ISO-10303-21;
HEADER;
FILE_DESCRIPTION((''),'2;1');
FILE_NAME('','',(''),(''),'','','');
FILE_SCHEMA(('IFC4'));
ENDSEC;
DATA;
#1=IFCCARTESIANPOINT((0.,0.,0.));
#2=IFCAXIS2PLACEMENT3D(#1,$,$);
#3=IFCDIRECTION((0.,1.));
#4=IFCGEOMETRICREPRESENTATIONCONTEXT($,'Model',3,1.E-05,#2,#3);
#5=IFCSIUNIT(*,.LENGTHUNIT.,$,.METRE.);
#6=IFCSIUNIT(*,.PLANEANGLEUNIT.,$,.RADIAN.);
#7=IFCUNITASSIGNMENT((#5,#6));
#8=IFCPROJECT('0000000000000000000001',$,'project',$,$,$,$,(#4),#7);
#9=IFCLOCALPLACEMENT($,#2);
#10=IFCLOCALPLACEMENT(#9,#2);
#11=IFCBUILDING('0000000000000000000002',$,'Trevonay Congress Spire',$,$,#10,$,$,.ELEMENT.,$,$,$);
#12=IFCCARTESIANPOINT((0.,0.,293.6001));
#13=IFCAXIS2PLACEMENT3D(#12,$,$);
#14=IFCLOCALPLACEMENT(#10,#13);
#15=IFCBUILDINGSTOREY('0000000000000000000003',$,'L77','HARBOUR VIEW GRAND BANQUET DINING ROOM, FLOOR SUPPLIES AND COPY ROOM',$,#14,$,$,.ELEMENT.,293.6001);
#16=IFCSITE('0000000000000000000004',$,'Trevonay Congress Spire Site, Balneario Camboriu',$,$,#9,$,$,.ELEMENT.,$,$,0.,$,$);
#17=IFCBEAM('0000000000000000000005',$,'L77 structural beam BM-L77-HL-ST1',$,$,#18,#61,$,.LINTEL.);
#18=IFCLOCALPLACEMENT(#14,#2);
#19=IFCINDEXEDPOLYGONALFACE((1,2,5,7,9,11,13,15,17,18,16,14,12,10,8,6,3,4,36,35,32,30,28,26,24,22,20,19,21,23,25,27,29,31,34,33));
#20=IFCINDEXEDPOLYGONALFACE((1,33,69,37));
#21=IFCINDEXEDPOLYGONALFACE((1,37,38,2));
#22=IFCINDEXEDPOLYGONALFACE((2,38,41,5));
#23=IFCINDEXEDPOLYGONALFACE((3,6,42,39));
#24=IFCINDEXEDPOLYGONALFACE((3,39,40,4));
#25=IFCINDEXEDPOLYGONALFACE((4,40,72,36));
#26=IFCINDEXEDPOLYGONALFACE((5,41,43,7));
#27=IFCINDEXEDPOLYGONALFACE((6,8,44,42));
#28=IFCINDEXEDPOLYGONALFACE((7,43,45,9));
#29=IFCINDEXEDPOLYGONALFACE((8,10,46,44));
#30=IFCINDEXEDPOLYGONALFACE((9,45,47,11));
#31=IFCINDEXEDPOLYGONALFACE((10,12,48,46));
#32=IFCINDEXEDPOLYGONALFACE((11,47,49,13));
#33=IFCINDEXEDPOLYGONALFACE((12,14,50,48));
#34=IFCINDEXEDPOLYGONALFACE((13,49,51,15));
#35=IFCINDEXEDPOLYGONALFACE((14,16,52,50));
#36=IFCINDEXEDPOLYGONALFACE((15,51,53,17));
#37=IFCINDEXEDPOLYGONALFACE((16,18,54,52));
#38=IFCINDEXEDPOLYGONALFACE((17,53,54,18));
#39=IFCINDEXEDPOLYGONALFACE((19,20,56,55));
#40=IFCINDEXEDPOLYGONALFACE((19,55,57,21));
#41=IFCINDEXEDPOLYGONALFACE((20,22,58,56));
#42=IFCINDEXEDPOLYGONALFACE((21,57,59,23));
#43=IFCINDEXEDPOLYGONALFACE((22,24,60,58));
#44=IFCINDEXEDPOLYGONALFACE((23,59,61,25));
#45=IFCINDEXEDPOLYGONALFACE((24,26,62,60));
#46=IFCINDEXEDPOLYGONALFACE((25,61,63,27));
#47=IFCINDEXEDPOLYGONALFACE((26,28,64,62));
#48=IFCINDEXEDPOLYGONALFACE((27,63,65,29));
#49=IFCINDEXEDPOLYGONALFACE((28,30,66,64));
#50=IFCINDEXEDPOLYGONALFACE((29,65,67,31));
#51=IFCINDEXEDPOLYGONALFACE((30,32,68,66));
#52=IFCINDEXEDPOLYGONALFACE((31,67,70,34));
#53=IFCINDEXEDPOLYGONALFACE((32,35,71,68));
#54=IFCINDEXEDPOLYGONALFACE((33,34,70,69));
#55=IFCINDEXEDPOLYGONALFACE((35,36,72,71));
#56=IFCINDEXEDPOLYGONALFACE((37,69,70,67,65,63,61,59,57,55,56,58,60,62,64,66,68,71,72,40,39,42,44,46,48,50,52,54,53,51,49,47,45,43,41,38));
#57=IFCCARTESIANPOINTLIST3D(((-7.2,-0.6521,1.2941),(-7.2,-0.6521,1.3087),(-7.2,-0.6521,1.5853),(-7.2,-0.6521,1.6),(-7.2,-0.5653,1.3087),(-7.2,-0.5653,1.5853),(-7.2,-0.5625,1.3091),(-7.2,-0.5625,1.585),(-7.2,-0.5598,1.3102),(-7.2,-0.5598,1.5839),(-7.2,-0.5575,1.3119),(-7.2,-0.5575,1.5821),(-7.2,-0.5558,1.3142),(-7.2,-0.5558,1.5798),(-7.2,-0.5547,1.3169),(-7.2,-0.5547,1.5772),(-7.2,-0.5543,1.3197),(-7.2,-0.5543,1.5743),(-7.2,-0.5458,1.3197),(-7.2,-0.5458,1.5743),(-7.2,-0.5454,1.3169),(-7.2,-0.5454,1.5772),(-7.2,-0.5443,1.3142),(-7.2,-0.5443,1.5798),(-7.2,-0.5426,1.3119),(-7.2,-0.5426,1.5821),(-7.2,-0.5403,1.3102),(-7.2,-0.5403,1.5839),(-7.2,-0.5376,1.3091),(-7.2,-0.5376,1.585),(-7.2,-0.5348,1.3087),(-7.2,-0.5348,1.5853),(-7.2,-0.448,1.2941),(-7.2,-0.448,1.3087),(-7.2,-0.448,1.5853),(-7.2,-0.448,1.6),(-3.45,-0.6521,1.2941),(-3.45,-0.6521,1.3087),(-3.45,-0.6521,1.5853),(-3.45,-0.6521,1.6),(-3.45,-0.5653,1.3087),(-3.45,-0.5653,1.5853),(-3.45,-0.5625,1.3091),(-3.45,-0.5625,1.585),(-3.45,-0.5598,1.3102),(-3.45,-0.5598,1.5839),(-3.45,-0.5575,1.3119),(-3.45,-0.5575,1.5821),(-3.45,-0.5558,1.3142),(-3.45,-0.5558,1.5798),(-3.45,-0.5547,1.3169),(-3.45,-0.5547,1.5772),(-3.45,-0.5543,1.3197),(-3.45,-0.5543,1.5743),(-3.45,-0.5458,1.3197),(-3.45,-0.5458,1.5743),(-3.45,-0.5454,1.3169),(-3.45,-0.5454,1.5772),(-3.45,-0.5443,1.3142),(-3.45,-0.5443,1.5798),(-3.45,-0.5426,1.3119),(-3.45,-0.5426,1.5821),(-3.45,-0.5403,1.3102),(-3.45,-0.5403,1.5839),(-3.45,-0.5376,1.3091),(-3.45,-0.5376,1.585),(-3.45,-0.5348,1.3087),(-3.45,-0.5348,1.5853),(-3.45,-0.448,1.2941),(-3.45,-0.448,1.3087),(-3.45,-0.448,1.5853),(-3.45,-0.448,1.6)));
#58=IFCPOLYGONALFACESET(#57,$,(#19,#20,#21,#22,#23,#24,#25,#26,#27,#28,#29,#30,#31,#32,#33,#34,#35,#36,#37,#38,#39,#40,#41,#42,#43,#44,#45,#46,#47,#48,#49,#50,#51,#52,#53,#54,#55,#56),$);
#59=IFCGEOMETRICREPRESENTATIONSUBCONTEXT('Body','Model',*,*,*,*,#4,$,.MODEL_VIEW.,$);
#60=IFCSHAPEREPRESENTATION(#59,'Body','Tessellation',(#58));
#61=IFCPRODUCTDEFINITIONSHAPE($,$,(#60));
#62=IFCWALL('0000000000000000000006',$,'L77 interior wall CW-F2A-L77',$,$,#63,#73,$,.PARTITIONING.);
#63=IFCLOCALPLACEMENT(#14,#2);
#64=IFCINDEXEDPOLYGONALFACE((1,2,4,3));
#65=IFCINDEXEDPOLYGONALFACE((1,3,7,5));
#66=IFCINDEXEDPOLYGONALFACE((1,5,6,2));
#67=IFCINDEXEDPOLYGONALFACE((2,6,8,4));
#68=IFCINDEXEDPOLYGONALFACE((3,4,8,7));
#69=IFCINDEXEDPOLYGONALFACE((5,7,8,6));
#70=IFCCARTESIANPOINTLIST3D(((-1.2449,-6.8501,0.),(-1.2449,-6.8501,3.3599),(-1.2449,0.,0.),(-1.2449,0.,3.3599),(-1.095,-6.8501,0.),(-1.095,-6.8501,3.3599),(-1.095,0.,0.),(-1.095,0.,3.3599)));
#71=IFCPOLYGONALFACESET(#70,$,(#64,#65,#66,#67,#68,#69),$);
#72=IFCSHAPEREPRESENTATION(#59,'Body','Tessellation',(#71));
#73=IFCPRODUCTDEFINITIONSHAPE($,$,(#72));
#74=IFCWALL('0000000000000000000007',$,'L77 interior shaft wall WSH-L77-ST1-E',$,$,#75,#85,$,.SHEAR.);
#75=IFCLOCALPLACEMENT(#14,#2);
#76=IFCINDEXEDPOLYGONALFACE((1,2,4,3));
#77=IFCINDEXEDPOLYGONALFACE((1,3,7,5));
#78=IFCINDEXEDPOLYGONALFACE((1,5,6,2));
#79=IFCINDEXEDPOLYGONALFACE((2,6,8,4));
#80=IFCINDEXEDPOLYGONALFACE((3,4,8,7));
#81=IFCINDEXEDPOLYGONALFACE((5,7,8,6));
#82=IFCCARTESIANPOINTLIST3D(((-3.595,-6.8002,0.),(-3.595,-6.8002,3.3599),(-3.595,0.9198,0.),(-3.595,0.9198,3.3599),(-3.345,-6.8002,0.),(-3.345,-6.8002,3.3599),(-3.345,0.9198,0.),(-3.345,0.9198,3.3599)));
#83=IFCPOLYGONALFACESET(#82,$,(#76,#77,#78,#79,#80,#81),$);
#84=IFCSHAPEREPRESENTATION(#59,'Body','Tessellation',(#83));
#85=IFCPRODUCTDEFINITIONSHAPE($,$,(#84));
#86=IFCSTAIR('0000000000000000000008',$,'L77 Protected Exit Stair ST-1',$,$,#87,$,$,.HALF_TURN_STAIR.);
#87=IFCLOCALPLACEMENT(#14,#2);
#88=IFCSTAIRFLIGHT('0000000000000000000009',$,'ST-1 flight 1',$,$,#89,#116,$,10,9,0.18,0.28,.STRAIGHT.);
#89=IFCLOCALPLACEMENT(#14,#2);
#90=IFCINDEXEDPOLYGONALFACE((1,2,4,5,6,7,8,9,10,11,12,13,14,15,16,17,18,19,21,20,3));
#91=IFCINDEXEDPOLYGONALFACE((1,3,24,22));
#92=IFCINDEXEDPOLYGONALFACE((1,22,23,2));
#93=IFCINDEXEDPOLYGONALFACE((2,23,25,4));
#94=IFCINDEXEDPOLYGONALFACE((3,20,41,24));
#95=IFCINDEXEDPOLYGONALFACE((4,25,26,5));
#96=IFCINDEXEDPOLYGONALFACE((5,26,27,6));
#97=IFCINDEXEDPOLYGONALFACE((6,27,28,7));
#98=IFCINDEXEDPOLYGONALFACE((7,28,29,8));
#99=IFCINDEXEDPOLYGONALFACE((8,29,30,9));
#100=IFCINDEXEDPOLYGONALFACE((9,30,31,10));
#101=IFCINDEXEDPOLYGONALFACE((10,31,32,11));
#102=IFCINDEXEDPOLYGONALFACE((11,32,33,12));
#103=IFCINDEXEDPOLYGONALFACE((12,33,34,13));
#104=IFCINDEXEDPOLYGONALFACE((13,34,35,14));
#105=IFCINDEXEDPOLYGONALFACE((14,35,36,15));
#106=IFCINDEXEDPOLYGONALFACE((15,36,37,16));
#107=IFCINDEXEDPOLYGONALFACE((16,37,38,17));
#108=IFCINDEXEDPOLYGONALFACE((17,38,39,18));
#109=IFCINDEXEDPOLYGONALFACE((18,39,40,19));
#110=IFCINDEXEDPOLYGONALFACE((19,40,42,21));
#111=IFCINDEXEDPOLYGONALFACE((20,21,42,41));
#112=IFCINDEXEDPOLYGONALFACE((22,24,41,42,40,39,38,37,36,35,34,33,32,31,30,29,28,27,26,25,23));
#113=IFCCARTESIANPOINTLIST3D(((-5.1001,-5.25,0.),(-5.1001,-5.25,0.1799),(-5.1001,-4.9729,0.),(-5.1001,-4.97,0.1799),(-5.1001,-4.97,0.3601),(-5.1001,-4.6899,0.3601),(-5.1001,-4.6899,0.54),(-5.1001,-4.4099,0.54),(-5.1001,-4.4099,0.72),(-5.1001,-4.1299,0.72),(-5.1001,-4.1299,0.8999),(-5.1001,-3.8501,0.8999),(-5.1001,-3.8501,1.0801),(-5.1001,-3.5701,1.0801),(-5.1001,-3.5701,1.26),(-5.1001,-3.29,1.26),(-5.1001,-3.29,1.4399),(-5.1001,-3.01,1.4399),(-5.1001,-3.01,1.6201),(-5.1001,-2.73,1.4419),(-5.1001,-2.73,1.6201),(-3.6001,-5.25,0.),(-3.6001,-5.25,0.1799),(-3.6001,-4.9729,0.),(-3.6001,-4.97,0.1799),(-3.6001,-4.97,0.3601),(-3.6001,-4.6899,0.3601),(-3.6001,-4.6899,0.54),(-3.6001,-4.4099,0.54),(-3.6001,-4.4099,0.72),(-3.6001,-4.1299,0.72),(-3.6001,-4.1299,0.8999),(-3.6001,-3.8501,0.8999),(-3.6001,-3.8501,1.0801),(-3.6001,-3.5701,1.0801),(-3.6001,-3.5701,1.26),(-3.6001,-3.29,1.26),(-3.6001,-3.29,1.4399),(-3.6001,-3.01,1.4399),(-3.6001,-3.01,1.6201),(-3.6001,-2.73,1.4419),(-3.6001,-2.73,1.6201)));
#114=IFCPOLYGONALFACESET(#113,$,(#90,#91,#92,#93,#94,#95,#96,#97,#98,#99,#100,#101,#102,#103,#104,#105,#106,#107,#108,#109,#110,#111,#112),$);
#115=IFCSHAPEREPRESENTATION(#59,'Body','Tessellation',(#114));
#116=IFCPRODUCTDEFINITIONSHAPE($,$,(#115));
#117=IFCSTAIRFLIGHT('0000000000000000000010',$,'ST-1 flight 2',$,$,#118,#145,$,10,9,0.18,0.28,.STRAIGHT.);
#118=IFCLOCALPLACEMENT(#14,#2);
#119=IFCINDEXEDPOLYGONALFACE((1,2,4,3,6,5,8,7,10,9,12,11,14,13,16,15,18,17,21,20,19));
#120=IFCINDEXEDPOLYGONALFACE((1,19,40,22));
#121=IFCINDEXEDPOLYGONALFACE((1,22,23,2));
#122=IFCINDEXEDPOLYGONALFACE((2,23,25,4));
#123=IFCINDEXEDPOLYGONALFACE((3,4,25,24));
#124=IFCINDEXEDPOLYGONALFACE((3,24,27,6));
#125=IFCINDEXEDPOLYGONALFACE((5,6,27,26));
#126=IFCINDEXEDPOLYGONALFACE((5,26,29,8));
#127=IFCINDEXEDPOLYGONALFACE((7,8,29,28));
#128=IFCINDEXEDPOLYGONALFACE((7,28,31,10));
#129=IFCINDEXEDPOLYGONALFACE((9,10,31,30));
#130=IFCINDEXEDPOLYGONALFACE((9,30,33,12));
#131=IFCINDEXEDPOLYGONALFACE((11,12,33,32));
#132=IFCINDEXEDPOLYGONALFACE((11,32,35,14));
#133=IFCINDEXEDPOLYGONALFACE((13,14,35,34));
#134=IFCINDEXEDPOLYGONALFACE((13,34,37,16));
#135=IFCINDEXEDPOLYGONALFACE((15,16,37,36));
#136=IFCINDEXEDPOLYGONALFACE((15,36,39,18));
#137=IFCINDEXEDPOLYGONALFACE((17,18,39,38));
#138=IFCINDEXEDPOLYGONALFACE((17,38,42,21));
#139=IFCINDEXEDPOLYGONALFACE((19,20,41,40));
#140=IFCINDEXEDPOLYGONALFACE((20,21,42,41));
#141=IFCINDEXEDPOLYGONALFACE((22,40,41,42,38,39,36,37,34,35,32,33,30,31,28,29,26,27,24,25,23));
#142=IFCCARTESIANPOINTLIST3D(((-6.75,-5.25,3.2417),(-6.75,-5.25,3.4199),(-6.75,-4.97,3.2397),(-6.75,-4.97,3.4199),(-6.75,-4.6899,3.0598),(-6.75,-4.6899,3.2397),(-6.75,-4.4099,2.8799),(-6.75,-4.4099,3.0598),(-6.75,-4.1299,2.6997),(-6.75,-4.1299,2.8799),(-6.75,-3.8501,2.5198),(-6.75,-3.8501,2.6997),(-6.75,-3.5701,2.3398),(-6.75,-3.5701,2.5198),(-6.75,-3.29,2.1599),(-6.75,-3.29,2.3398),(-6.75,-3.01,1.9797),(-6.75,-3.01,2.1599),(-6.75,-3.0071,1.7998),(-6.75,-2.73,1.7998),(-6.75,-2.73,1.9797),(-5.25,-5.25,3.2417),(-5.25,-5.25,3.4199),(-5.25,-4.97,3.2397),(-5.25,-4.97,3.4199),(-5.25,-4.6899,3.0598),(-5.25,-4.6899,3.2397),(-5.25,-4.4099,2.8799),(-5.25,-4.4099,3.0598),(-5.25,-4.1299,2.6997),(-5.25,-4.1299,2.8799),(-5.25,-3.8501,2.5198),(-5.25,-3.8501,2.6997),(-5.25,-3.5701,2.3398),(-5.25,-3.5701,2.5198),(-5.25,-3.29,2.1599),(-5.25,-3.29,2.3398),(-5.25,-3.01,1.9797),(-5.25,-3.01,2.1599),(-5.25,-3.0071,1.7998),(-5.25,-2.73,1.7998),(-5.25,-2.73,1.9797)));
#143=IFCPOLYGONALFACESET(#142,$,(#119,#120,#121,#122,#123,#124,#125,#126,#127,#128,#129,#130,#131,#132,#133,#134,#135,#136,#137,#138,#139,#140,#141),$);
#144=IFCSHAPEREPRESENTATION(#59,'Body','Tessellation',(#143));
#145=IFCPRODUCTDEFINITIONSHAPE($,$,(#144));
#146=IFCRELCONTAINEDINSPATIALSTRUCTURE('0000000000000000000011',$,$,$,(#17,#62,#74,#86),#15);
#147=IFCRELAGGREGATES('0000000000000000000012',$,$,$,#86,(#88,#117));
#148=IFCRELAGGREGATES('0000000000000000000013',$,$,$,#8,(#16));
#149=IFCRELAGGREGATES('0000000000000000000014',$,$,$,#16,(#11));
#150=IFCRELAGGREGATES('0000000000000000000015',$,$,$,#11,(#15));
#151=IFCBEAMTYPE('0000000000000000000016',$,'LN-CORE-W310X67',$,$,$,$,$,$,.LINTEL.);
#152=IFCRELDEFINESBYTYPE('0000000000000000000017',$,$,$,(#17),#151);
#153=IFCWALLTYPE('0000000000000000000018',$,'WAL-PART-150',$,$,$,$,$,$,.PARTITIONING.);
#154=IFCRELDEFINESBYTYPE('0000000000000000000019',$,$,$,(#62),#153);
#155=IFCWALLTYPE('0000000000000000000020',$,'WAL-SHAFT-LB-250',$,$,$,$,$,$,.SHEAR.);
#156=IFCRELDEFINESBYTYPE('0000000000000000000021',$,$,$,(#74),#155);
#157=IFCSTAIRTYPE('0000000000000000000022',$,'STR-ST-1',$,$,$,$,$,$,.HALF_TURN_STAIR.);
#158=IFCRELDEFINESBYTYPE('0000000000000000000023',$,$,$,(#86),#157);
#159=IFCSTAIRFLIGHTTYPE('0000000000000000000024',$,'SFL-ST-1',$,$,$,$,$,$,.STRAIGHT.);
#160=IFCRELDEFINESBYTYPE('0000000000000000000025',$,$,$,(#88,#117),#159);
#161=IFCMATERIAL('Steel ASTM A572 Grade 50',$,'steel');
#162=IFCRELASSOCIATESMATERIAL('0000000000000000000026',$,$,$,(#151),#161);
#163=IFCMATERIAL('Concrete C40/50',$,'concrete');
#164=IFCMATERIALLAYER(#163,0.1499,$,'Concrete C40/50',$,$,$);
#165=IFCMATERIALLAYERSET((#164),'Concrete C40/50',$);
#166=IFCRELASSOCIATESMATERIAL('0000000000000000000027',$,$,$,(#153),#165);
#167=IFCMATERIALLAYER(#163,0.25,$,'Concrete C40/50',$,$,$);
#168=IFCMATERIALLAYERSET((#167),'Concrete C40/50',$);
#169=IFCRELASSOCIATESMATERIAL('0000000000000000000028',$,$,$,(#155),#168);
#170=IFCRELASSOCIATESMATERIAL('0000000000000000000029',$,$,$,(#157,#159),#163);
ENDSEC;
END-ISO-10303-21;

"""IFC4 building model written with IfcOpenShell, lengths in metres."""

from ifc_helpers import new_model, si_unit, direction, frame, frame_2d, origin, origin_2d, place, context, subcontext, project, spatial, polyline, rectangle, i_section, outline, extrude, material, layer, layer_set, material_profile, profile_set, type_object, element, aggregate, save


model = new_model("IFC4")

# Units and contexts
model_context = context("Model", 3, precision=1e-05, world=origin(), true_north=direction((0.0, 1.0)))
body_context = subcontext(model_context, "Body", "Model", "MODEL_VIEW")
ifc_project = project(units=[si_unit("LENGTHUNIT", "METRE"), si_unit("PLANEANGLEUNIT", "RADIAN")], contexts=[model_context])

# Site, building, storey
site_placement = place(None, origin())
site = spatial("IfcSite", under=ifc_project, at=site_placement, Name="Trevonay Congress Spire Site, Balneario Camboriu", CompositionType="ELEMENT", RefElevation=0.0)
building_placement = place(site_placement, origin())
building = spatial("IfcBuilding", under=site, at=building_placement, Name="Trevonay Congress Spire", CompositionType="ELEMENT")
storey_placement = place(building_placement, frame((0.0, 0.0, 293.6001)))
storey = spatial("IfcBuildingStorey", under=building, at=storey_placement, Name="L77", Description="HARBOUR VIEW GRAND BANQUET DINING ROOM, FLOOR SUPPLIES AND COPY ROOM", CompositionType="ELEMENT", Elevation=293.6001)

# Beam
ifc_material_1 = material(Name="Steel ASTM A572 Grade 50", Category="steel")
ifc_material_profile = material_profile(ifc_material_1, i_section(OverallWidth=0.2041, OverallDepth=0.3059, WebThickness=0.0085, FlangeThickness=0.0146, FilletRadius=0.011, at=origin_2d()), Name="W310x67")
ifc_profile_set = profile_set([ifc_material_profile], Name="Steel ASTM A572 Grade 50")
beam_type = type_object("IfcBeamType", Name="LN-CORE-W310X67", PredefinedType="LINTEL", material=ifc_profile_set)
beam_placement = place(storey_placement, frame((-7.2, -0.55, 1.447), z_axis=(1.0, 0.0, 0.0), x_axis=(0.0, 1.0, 0.0)))
element("IfcBeam", 1, at=beam_placement, inside=storey, type_object=beam_type, Name="L77 structural beam BM-L77-HL-ST1", PredefinedType="LINTEL", context=body_context, shape_type="SweptSolid", body=[
    extrude(i_section(OverallWidth=0.2041, OverallDepth=0.3059, WebThickness=0.0085, FlangeThickness=0.0146, FilletRadius=0.011, at=origin_2d()), origin(), (0.0, 0.0, 1.0), 3.75),
])

# Walls
ifc_material_2 = material(Name="Concrete C40/50", Category="concrete")
ifc_layer_1 = layer(ifc_material_2, 0.1499, Name="Concrete C40/50")
ifc_layer_set_1 = layer_set([ifc_layer_1], Name="Concrete C40/50")
wall_type_1 = type_object("IfcWallType", Name="WAL-PART-150", PredefinedType="PARTITIONING", material=ifc_layer_set_1)
wall_1_placement = place(storey_placement, frame((-1.1699, -6.8501, 0.0), z_axis=(0.0, 0.0, 1.0), x_axis=(0.0, 1.0, 0.0)))
element("IfcWall", 2, at=wall_1_placement, inside=storey, type_object=wall_type_1, Name="L77 interior wall CW-F2A-L77", PredefinedType="PARTITIONING", context=body_context, shape_type="SweptSolid", body=[
    extrude(rectangle(XDim=6.8501, YDim=0.1499, at=frame_2d((3.425, 0.0))), origin(), (0.0, 0.0, 1.0), 3.3599),
])
ifc_layer_2 = layer(ifc_material_2, 0.25, Name="Concrete C40/50")
ifc_layer_set_2 = layer_set([ifc_layer_2], Name="Concrete C40/50")
wall_type_2 = type_object("IfcWallType", Name="WAL-SHAFT-LB-250", PredefinedType="SHEAR", material=ifc_layer_set_2)
wall_2_placement = place(storey_placement, frame((-3.47, -6.8, 0.0), z_axis=(0.0, 0.0, 1.0), x_axis=(0.0, 1.0, 0.0)))
element("IfcWall", 3, at=wall_2_placement, inside=storey, type_object=wall_type_2, Name="L77 interior shaft wall WSH-L77-ST1-E", PredefinedType="SHEAR", context=body_context, shape_type="SweptSolid", body=[
    extrude(rectangle(XDim=7.72, YDim=0.25, at=frame_2d((3.8599, 0.0))), origin(), (0.0, 0.0, 1.0), 3.3599),
])

# Stair, stair flights
stair_type = type_object("IfcStairType", Name="STR-ST-1", PredefinedType="HALF_TURN_STAIR", material=ifc_material_2)
stair_placement = place(storey_placement, origin())
stair = element("IfcStair", 4, at=stair_placement, inside=storey, type_object=stair_type, Name="L77 Protected Exit Stair ST-1", PredefinedType="HALF_TURN_STAIR")
stair_flight_type = type_object("IfcStairFlightType", Name="SFL-ST-1", PredefinedType="STRAIGHT", material=ifc_material_2)
stair_flight_1_placement = place(storey_placement, frame((-4.3501, -5.25, 0.0), z_axis=(0.0, 0.0, 1.0), x_axis=(0.0, 1.0, 0.0)))
stair_flight_1 = element("IfcStairFlight", 5, at=stair_flight_1_placement, type_object=stair_flight_type, Name="ST-1 flight 1", NumberOfRisers=10, NumberOfTreads=9, PredefinedType="STRAIGHT", RiserHeight=0.18, TreadLength=0.28, context=body_context, shape_type="SweptSolid", body=[
    extrude(outline(polyline([(0.0, 0.0), (0.0, 0.1799), (0.28, 0.1799), (0.28, 0.3601), (0.5601, 0.3601), (0.5601, 0.54), (0.8401, 0.54), (0.8401, 0.72), (1.1201, 0.72), (1.1201, 0.8999), (1.3999, 0.8999), (1.3999, 1.0801), (1.6799, 1.0801), (1.6799, 1.26), (1.96, 1.26), (1.96, 1.4399), (2.24, 1.4399), (2.24, 1.6201), (2.52, 1.6201), (2.52, 1.8), (2.52, 1.4419), (0.2771, 0.0), (0.0, 0.0)])), frame((0.0, 0.75, 0.0), z_axis=(0.0, -1.0, 0.0), x_axis=(1.0, 0.0, 0.0)), (0.0, 0.0, 1.0), 1.5),
])
stair_flight_2_placement = place(storey_placement, frame((-6.0, -2.73, 1.7998), z_axis=(0.0, 0.0, 1.0), x_axis=(0.0, -1.0, 0.0)))
stair_flight_2 = element("IfcStairFlight", 6, at=stair_flight_2_placement, type_object=stair_flight_type, Name="ST-1 flight 2", NumberOfRisers=10, NumberOfTreads=9, PredefinedType="STRAIGHT", RiserHeight=0.18, TreadLength=0.28, context=body_context, shape_type="SweptSolid", body=[
    extrude(outline(polyline([(0.0, 0.0), (0.0, 0.1799), (0.28, 0.1799), (0.28, 0.3601), (0.5601, 0.3601), (0.5601, 0.54), (0.8401, 0.54), (0.8401, 0.72), (1.1201, 0.72), (1.1201, 0.8999), (1.3999, 0.8999), (1.3999, 1.0801), (1.6799, 1.0801), (1.6799, 1.26), (1.96, 1.26), (1.96, 1.4399), (2.24, 1.4399), (2.24, 1.6201), (2.52, 1.6201), (2.52, 1.8), (2.52, 1.4419), (0.2771, 0.0), (0.0, 0.0)])), frame((0.0, 0.75, 0.0), z_axis=(0.0, -1.0, 0.0), x_axis=(1.0, 0.0, 0.0)), (0.0, 0.0, 1.0), 1.5),
])
aggregate(stair, [stair_flight_1, stair_flight_2])

save(model, "model.ifc")
